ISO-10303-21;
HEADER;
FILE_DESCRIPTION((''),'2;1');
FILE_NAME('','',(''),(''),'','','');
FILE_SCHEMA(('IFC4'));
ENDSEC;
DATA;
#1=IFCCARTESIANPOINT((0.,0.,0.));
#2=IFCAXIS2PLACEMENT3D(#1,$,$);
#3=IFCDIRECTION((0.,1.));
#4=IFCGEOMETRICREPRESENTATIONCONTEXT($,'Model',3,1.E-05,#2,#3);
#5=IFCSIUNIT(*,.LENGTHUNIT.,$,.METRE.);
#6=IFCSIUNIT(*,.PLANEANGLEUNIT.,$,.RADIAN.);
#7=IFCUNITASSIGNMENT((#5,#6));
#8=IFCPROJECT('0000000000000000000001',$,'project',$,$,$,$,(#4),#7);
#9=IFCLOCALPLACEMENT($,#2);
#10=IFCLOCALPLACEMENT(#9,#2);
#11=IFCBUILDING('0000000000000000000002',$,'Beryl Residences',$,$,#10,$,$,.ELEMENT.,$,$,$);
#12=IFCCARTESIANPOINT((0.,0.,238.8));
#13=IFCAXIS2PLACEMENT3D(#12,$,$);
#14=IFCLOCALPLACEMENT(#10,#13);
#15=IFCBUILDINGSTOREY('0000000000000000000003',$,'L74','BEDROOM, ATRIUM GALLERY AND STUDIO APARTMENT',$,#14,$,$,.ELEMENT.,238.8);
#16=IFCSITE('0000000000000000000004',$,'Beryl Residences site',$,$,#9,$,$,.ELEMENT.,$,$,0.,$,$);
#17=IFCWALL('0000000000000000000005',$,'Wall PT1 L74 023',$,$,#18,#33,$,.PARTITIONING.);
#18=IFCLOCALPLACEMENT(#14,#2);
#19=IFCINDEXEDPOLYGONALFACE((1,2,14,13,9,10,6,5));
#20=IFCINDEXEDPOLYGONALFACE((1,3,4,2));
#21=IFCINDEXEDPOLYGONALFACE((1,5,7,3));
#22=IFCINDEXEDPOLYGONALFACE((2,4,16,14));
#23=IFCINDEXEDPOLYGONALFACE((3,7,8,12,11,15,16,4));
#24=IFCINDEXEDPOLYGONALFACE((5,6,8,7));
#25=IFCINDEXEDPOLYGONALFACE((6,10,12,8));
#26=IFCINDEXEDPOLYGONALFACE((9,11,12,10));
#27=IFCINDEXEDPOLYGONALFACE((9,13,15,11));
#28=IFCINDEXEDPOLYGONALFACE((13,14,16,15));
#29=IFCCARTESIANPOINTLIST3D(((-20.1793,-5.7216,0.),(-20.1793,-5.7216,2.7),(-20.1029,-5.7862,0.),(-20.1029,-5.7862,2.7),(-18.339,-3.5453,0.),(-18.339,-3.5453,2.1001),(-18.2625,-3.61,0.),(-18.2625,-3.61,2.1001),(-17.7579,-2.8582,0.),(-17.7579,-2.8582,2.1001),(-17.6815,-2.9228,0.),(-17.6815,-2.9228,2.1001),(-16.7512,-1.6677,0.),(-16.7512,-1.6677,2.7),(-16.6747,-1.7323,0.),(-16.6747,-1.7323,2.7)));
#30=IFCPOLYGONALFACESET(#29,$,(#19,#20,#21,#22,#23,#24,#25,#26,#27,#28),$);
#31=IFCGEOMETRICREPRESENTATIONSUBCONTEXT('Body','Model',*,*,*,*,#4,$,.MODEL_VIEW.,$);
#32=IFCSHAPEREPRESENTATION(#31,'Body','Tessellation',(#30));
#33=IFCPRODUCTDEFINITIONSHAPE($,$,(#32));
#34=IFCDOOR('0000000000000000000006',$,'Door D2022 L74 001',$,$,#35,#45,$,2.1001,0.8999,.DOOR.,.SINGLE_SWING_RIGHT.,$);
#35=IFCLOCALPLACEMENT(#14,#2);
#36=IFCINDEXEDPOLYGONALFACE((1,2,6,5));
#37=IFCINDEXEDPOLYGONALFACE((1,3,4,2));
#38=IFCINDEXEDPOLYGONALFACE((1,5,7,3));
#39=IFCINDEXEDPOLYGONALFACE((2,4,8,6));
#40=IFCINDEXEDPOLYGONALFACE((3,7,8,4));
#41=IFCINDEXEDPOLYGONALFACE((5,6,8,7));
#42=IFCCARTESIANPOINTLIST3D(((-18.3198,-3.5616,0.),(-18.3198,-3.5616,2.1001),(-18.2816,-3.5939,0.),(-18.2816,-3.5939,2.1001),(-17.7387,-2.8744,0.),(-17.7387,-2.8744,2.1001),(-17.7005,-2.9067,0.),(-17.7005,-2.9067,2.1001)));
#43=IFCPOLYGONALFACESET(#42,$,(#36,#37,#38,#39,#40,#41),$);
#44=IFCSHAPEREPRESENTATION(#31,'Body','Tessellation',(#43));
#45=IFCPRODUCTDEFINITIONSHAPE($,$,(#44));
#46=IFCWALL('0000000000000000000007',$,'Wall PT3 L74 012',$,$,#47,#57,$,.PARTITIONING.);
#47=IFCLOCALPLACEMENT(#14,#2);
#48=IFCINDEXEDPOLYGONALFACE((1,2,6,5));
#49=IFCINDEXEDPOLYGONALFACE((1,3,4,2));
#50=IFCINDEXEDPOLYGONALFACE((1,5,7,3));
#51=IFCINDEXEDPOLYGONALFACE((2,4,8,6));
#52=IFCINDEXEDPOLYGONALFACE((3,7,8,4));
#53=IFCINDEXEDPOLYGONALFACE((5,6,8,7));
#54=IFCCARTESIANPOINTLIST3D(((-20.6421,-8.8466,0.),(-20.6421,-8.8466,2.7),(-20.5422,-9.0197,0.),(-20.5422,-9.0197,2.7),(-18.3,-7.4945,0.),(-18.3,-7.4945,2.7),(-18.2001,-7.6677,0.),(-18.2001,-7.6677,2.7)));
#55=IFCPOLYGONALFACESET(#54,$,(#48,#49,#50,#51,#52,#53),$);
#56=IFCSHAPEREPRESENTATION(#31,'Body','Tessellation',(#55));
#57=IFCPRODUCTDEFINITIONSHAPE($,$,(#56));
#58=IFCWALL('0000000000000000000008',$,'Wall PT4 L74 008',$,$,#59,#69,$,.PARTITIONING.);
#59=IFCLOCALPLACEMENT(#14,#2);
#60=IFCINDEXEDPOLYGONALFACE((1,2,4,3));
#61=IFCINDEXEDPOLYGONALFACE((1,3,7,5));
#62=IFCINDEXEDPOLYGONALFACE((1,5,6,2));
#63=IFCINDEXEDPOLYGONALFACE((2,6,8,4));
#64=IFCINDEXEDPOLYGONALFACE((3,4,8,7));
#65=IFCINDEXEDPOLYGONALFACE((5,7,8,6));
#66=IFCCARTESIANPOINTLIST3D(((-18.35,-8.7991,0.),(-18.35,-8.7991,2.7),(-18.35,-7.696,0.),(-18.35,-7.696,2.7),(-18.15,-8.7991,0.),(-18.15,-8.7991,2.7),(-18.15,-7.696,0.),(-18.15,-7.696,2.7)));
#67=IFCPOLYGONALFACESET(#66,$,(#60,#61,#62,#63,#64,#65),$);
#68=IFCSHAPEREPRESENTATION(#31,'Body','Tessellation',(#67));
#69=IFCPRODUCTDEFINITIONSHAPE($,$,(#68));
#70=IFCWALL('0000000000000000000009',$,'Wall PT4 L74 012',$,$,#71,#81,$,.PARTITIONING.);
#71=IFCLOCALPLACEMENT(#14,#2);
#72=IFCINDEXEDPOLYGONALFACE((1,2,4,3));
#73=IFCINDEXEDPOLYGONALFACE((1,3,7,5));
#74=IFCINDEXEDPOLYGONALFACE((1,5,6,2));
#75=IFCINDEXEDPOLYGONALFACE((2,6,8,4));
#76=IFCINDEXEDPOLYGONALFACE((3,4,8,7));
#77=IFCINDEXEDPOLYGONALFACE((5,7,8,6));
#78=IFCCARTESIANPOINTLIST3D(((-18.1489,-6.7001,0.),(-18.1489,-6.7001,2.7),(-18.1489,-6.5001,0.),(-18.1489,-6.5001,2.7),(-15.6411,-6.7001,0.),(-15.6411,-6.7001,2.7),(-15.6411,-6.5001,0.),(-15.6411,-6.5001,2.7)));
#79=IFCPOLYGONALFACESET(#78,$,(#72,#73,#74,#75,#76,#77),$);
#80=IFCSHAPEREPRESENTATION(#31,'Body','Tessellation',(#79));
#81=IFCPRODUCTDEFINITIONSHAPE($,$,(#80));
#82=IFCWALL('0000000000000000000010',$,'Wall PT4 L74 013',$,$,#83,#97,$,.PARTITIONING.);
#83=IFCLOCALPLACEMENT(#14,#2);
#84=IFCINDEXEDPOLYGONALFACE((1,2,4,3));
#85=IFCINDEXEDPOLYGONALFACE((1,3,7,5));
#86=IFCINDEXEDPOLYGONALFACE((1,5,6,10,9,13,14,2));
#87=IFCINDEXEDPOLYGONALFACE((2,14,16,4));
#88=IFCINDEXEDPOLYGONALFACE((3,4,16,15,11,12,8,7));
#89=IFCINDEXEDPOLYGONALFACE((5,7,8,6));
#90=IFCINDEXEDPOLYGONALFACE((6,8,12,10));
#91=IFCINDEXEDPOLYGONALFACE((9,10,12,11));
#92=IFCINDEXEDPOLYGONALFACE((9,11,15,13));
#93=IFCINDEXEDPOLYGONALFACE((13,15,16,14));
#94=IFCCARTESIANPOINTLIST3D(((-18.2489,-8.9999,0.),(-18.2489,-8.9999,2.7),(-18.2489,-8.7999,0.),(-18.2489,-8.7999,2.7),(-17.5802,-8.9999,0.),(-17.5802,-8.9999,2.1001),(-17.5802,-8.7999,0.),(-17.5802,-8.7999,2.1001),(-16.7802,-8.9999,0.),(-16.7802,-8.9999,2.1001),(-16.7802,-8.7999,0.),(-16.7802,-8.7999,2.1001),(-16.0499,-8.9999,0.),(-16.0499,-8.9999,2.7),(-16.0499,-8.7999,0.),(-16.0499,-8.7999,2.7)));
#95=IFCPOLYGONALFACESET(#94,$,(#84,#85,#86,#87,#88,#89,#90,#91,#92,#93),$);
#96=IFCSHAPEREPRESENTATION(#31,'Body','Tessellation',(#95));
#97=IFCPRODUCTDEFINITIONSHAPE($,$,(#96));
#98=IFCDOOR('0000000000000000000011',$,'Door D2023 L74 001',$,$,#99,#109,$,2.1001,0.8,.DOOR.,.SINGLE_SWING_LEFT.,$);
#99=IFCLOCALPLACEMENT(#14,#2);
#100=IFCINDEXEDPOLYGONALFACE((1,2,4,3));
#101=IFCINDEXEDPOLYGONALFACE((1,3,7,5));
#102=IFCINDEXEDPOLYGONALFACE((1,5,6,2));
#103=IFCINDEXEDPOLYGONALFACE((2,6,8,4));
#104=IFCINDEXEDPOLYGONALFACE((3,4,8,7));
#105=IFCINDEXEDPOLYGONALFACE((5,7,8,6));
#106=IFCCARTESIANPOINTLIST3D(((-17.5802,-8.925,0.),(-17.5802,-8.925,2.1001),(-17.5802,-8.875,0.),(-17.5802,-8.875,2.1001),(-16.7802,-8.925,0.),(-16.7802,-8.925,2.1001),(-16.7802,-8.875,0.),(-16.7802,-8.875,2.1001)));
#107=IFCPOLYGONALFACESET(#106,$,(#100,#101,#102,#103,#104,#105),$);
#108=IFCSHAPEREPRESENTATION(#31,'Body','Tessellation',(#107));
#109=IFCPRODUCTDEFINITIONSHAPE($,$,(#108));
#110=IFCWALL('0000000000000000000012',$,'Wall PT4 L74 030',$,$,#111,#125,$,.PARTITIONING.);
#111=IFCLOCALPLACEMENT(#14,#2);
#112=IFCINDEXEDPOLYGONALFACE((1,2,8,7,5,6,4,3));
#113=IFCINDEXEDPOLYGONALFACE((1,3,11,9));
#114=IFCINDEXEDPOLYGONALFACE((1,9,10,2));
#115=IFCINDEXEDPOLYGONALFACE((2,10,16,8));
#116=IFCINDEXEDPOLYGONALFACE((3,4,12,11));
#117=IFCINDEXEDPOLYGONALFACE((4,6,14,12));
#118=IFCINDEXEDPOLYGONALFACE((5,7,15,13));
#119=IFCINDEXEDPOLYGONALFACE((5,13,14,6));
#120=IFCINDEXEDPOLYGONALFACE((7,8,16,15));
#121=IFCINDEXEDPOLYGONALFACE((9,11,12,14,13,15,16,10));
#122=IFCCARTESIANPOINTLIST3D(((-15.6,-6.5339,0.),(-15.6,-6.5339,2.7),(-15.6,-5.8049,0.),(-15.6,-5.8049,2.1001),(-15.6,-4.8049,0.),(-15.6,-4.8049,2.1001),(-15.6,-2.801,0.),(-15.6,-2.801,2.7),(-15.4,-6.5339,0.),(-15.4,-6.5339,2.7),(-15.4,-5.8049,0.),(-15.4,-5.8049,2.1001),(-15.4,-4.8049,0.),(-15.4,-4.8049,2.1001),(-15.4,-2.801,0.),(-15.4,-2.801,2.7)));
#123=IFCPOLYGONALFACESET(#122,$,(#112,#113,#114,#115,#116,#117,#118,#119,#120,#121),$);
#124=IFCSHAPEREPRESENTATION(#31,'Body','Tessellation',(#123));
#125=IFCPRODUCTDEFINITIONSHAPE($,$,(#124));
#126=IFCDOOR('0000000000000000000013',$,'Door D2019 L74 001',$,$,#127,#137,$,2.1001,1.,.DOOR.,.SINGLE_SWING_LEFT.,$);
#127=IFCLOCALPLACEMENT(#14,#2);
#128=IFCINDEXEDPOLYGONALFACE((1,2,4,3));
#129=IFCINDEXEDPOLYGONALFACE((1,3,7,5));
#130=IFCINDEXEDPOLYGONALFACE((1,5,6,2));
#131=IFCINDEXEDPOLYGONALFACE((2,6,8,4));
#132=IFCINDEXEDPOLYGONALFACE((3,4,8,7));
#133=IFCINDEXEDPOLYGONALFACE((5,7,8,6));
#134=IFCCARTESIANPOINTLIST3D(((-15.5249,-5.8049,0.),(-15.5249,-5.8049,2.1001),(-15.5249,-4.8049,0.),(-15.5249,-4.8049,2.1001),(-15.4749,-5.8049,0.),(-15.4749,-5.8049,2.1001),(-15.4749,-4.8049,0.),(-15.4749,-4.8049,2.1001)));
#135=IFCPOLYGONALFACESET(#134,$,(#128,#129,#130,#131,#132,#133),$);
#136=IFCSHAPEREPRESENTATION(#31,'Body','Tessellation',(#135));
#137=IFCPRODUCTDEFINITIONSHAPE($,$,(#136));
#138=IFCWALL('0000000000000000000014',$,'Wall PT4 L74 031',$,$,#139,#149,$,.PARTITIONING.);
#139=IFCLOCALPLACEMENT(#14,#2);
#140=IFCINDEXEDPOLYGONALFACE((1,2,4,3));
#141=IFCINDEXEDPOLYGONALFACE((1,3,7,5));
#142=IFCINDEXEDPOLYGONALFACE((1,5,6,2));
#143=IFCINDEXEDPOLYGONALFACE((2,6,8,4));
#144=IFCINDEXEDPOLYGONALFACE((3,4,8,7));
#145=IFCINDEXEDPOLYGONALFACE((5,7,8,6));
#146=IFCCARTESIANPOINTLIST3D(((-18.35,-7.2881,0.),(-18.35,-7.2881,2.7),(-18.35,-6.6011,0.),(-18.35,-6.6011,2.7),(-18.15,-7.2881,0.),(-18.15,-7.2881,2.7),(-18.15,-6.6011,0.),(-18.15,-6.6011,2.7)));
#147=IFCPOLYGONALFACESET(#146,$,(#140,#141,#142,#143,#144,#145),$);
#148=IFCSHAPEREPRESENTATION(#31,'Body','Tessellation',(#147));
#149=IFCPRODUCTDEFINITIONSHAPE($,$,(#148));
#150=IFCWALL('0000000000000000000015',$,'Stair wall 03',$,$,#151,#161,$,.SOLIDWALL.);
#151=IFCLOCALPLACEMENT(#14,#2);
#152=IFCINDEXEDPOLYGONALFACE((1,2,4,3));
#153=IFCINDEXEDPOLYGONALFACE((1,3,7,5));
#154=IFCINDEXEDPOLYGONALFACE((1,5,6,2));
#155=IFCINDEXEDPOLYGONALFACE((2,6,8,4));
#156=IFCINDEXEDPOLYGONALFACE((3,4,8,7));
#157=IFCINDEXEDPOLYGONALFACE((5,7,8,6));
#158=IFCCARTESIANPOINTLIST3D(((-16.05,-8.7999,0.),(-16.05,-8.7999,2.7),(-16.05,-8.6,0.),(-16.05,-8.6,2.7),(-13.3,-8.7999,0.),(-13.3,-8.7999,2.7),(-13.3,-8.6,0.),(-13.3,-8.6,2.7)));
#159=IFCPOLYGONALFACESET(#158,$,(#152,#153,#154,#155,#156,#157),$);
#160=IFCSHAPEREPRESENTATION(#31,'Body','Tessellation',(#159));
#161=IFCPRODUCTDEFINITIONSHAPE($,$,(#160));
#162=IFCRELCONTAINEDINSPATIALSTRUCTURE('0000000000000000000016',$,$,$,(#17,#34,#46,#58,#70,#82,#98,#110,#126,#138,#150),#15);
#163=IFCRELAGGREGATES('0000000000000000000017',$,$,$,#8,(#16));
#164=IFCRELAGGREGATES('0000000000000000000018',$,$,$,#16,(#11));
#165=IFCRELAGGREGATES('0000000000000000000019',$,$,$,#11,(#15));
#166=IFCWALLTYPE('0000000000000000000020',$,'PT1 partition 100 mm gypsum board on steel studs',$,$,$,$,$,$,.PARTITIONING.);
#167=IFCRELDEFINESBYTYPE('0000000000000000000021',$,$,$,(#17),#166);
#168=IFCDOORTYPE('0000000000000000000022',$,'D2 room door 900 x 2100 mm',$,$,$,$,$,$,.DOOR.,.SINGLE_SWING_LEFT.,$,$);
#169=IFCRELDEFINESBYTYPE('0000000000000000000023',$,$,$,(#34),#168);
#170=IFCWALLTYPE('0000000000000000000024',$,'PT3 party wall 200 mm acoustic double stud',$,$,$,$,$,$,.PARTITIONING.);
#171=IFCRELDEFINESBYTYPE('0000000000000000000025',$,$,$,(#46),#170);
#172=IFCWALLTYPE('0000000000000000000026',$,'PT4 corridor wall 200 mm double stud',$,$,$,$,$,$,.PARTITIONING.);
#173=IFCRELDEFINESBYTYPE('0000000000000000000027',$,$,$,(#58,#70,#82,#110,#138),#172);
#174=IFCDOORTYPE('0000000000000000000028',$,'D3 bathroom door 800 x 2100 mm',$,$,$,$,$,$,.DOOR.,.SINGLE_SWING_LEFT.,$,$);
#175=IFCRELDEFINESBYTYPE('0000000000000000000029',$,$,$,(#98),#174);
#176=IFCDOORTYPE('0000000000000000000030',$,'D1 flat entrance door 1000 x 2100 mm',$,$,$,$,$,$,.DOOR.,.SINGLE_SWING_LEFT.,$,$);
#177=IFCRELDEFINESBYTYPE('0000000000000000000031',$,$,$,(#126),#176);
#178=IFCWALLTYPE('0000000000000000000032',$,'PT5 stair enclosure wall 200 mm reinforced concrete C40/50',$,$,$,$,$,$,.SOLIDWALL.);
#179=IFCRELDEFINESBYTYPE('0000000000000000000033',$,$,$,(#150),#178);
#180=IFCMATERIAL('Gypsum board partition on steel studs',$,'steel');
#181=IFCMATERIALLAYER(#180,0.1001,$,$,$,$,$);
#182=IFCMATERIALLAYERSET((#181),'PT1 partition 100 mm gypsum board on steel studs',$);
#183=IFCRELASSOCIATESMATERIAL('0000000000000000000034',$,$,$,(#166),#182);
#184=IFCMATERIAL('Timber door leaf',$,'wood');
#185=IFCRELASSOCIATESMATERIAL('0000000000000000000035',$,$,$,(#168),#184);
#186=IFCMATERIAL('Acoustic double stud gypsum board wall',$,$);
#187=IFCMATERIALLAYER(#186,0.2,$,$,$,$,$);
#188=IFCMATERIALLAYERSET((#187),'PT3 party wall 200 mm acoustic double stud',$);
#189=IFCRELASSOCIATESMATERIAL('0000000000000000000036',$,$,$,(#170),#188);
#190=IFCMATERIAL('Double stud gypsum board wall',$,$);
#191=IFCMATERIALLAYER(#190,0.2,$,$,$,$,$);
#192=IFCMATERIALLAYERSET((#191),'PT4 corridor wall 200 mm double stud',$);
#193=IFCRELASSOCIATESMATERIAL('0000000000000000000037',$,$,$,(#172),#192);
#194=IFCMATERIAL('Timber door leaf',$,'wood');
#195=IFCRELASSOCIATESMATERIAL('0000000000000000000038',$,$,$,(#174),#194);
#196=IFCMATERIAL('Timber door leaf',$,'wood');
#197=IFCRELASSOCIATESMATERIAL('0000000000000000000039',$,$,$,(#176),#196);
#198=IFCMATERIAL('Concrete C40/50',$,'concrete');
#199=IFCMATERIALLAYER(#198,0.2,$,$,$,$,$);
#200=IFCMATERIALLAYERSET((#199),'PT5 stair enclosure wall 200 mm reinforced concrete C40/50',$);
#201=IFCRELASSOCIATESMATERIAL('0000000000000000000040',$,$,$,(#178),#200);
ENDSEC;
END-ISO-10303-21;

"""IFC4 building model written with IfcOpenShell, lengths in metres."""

from ifc_helpers import new_model, si_unit, direction, frame, frame_2d, origin, place, context, subcontext, project, spatial, rectangle, extrude, material, layer, layer_set, type_object, element, fill, save


model = new_model("IFC4")

# Units and contexts
model_context = context("Model", 3, precision=1e-05, world=origin(), true_north=direction((0.0, 1.0)))
body_context = subcontext(model_context, "Body", "Model", "MODEL_VIEW")
ifc_project = project(units=[si_unit("LENGTHUNIT", "METRE"), si_unit("PLANEANGLEUNIT", "RADIAN")], contexts=[model_context])

# Site, building, storey
site_placement = place(None, origin())
site = spatial("IfcSite", under=ifc_project, at=site_placement, Name="Beryl Residences site", CompositionType="ELEMENT", RefElevation=0.0)
building_placement = place(site_placement, origin())
building = spatial("IfcBuilding", under=site, at=building_placement, Name="Beryl Residences", CompositionType="ELEMENT")
storey_placement = place(building_placement, frame((0.0, 0.0, 238.8)))
storey = spatial("IfcBuildingStorey", under=building, at=storey_placement, Name="L74", Description="BEDROOM, ATRIUM GALLERY AND STUDIO APARTMENT", CompositionType="ELEMENT", Elevation=238.8)

# Shared definitions
ifc_material_1 = material(Name="Gypsum board partition on steel studs", Category="steel")
ifc_layer_1 = layer(ifc_material_1, 0.1001)
ifc_layer_set_1 = layer_set([ifc_layer_1], Name="PT1 partition 100 mm gypsum board on steel studs")
wall_type_1 = type_object("IfcWallType", Name="PT1 partition 100 mm gypsum board on steel studs", PredefinedType="PARTITIONING", material=ifc_layer_set_1)

# Wall, opening, door
wall_1_placement = place(storey_placement, frame((-20.1411, -5.7539, 0.0), z_axis=(0.0, 0.0, 1.0), x_axis=(0.645718, 0.763576, 0.0)))
wall_1 = element("IfcWall", 1, at=wall_1_placement, inside=storey, type_object=wall_type_1, Name="Wall PT1 L74 023", PredefinedType="PARTITIONING", context=body_context, shape_type="SweptSolid", body=[
    extrude(rectangle(XDim=5.3091, YDim=0.1001, at=frame_2d((2.6545, 0.0))), origin(), (0.0, 0.0, 1.0), 2.7),
])
opening_1_placement = place(wall_1_placement, frame((2.8501, 0.0, 0.0)))
opening_1 = element("IfcOpeningElement", 2, at=opening_1_placement, cuts=wall_1, PredefinedType="OPENING", context=body_context, shape_type="SweptSolid", body=[
    extrude(rectangle(XDim=0.8999, YDim=2.1001, at=frame_2d((0.45, 1.05))), frame((0.0, 0.0601, 0.0), z_axis=(0.0, -1.0, 0.0), x_axis=(1.0, 0.0, 0.0)), (0.0, 0.0, 1.0), 0.1201),
])
ifc_material_2 = material(Name="Timber door leaf", Category="wood")
door_type_1 = type_object("IfcDoorType", Name="D2 room door 900 x 2100 mm", OperationType="SINGLE_SWING_LEFT", PredefinedType="DOOR", material=ifc_material_2)
door_1_placement = place(opening_1_placement, origin())
door_1 = element("IfcDoor", 3, at=door_1_placement, inside=storey, type_object=door_type_1, Name="Door D2022 L74 001", OperationType="SINGLE_SWING_RIGHT", OverallHeight=2.1001, OverallWidth=0.8999, PredefinedType="DOOR", context=body_context, shape_type="SweptSolid", body=[
    extrude(rectangle(XDim=0.8999, YDim=2.1001, at=frame_2d((0.45, 1.05))), frame((0.0, 0.0249, 0.0), z_axis=(0.0, -1.0, 0.0), x_axis=(1.0, 0.0, 0.0)), (0.0, 0.0, 1.0), 0.05),
])
fill(opening_1, door_1)

# Walls
ifc_material_3 = material(Name="Acoustic double stud gypsum board wall")
ifc_layer_2 = layer(ifc_material_3, 0.2)
ifc_layer_set_2 = layer_set([ifc_layer_2], Name="PT3 party wall 200 mm acoustic double stud")
wall_type_2 = type_object("IfcWallType", Name="PT3 party wall 200 mm acoustic double stud", PredefinedType="PARTITIONING", material=ifc_layer_set_2)
wall_2_placement = place(storey_placement, frame((-20.592, -8.9331, 0.0), z_axis=(0.0, 0.0, 1.0), x_axis=(0.866046, 0.499965, 0.0)))
element("IfcWall", 4, at=wall_2_placement, inside=storey, type_object=wall_type_2, Name="Wall PT3 L74 012", PredefinedType="PARTITIONING", context=body_context, shape_type="SweptSolid", body=[
    extrude(rectangle(XDim=2.7043, YDim=0.2, at=frame_2d((1.3521, 0.0))), origin(), (0.0, 0.0, 1.0), 2.7),
])
ifc_material_4 = material(Name="Double stud gypsum board wall")
ifc_layer_3 = layer(ifc_material_4, 0.2)
ifc_layer_set_3 = layer_set([ifc_layer_3], Name="PT4 corridor wall 200 mm double stud")
wall_type_3 = type_object("IfcWallType", Name="PT4 corridor wall 200 mm double stud", PredefinedType="PARTITIONING", material=ifc_layer_set_3)
wall_3_placement = place(storey_placement, frame((-18.25, -7.696, 0.0), z_axis=(0.0, 0.0, 1.0), x_axis=(0.0, -1.0, 0.0)))
element("IfcWall", 5, at=wall_3_placement, inside=storey, type_object=wall_type_3, Name="Wall PT4 L74 008", PredefinedType="PARTITIONING", context=body_context, shape_type="SweptSolid", body=[
    extrude(rectangle(XDim=1.103, YDim=0.2, at=frame_2d((0.5515, 0.0))), origin(), (0.0, 0.0, 1.0), 2.7),
])
wall_4_placement = place(storey_placement, frame((-18.1489, -6.6001, 0.0), z_axis=(0.0, 0.0, 1.0), x_axis=(1.0, 0.0, 0.0)))
element("IfcWall", 6, at=wall_4_placement, inside=storey, type_object=wall_type_3, Name="Wall PT4 L74 012", PredefinedType="PARTITIONING", context=body_context, shape_type="SweptSolid", body=[
    extrude(rectangle(XDim=2.5078, YDim=0.2, at=frame_2d((1.2539, 0.0))), origin(), (0.0, 0.0, 1.0), 2.7),
])

# Walls, openings, doors
wall_5_placement = place(storey_placement, frame((-18.249, -8.8999, 0.0), z_axis=(0.0, 0.0, 1.0), x_axis=(1.0, 0.0, 0.0)))
wall_5 = element("IfcWall", 7, at=wall_5_placement, inside=storey, type_object=wall_type_3, Name="Wall PT4 L74 013", PredefinedType="PARTITIONING", context=body_context, shape_type="SweptSolid", body=[
    extrude(rectangle(XDim=2.199, YDim=0.2, at=frame_2d((1.0996, 0.0))), origin(), (0.0, 0.0, 1.0), 2.7),
])
opening_2_placement = place(wall_5_placement, frame((0.6689, 0.0, 0.0)))
opening_2 = element("IfcOpeningElement", 8, at=opening_2_placement, cuts=wall_5, PredefinedType="OPENING", context=body_context, shape_type="SweptSolid", body=[
    extrude(rectangle(XDim=0.8, YDim=2.1001, at=frame_2d((0.3999, 1.05))), frame((0.0, 0.1099, 0.0), z_axis=(0.0, -1.0, 0.0), x_axis=(1.0, 0.0, 0.0)), (0.0, 0.0, 1.0), 0.22),
])
ifc_material_5 = material(Name="Timber door leaf", Category="wood")
door_type_2 = type_object("IfcDoorType", Name="D3 bathroom door 800 x 2100 mm", OperationType="SINGLE_SWING_LEFT", PredefinedType="DOOR", material=ifc_material_5)
door_2_placement = place(opening_2_placement, origin())
door_2 = element("IfcDoor", 9, at=door_2_placement, inside=storey, type_object=door_type_2, Name="Door D2023 L74 001", OperationType="SINGLE_SWING_LEFT", OverallHeight=2.1001, OverallWidth=0.8, PredefinedType="DOOR", context=body_context, shape_type="SweptSolid", body=[
    extrude(rectangle(XDim=0.8, YDim=2.1001, at=frame_2d((0.3999, 1.05))), frame((0.0, 0.0249, 0.0), z_axis=(0.0, -1.0, 0.0), x_axis=(1.0, 0.0, 0.0)), (0.0, 0.0, 1.0), 0.05),
])
fill(opening_2, door_2)
wall_6_placement = place(storey_placement, frame((-15.5, -6.5339, 0.0), z_axis=(0.0, 0.0, 1.0), x_axis=(0.0, 1.0, 0.0)))
wall_6 = element("IfcWall", 10, at=wall_6_placement, inside=storey, type_object=wall_type_3, Name="Wall PT4 L74 030", PredefinedType="PARTITIONING", context=body_context, shape_type="SweptSolid", body=[
    extrude(rectangle(XDim=3.7329, YDim=0.2, at=frame_2d((1.8665, 0.0))), origin(), (0.0, 0.0, 1.0), 2.7),
])
opening_3_placement = place(wall_6_placement, frame((0.729, 0.0, 0.0)))
opening_3 = element("IfcOpeningElement", 11, at=opening_3_placement, cuts=wall_6, PredefinedType="OPENING", context=body_context, shape_type="SweptSolid", body=[
    extrude(rectangle(XDim=1.0, YDim=2.1001, at=frame_2d((0.5, 1.05))), frame((0.0, 0.1099, 0.0), z_axis=(0.0, -1.0, 0.0), x_axis=(1.0, 0.0, 0.0)), (0.0, 0.0, 1.0), 0.22),
])
ifc_material_6 = material(Name="Timber door leaf", Category="wood")
door_type_3 = type_object("IfcDoorType", Name="D1 flat entrance door 1000 x 2100 mm", OperationType="SINGLE_SWING_LEFT", PredefinedType="DOOR", material=ifc_material_6)
door_3_placement = place(opening_3_placement, origin())
door_3 = element("IfcDoor", 12, at=door_3_placement, inside=storey, type_object=door_type_3, Name="Door D2019 L74 001", OperationType="SINGLE_SWING_LEFT", OverallHeight=2.1001, OverallWidth=1.0, PredefinedType="DOOR", context=body_context, shape_type="SweptSolid", body=[
    extrude(rectangle(XDim=1.0, YDim=2.1001, at=frame_2d((0.5, 1.05))), frame((0.0, 0.0249, 0.0), z_axis=(0.0, -1.0, 0.0), x_axis=(1.0, 0.0, 0.0)), (0.0, 0.0, 1.0), 0.05),
])
fill(opening_3, door_3)

# Walls
wall_7_placement = place(storey_placement, frame((-18.25, -7.2881, 0.0), z_axis=(0.0, 0.0, 1.0), x_axis=(0.0, 1.0, 0.0)))
element("IfcWall", 13, at=wall_7_placement, inside=storey, type_object=wall_type_3, Name="Wall PT4 L74 031", PredefinedType="PARTITIONING", context=body_context, shape_type="SweptSolid", body=[
    extrude(rectangle(XDim=0.687, YDim=0.2, at=frame_2d((0.3435, 0.0))), origin(), (0.0, 0.0, 1.0), 2.7),
])
ifc_material_7 = material(Name="Concrete C40/50", Category="concrete")
ifc_layer_4 = layer(ifc_material_7, 0.2)
ifc_layer_set_4 = layer_set([ifc_layer_4], Name="PT5 stair enclosure wall 200 mm reinforced concrete C40/50")
wall_type_4 = type_object("IfcWallType", Name="PT5 stair enclosure wall 200 mm reinforced concrete C40/50", PredefinedType="SOLIDWALL", material=ifc_layer_set_4)
wall_8_placement = place(storey_placement, frame((-16.05, -8.7, 0.0), z_axis=(0.0, 0.0, 1.0), x_axis=(1.0, 0.0, 0.0)))
element("IfcWall", 14, at=wall_8_placement, inside=storey, type_object=wall_type_4, Name="Stair wall 03", PredefinedType="SOLIDWALL", context=body_context, shape_type="SweptSolid", body=[
    extrude(rectangle(XDim=2.75, YDim=0.2, at=frame_2d((1.375, 0.0))), origin(), (0.0, 0.0, 1.0), 2.7),
])

save(model, "model.ifc")
